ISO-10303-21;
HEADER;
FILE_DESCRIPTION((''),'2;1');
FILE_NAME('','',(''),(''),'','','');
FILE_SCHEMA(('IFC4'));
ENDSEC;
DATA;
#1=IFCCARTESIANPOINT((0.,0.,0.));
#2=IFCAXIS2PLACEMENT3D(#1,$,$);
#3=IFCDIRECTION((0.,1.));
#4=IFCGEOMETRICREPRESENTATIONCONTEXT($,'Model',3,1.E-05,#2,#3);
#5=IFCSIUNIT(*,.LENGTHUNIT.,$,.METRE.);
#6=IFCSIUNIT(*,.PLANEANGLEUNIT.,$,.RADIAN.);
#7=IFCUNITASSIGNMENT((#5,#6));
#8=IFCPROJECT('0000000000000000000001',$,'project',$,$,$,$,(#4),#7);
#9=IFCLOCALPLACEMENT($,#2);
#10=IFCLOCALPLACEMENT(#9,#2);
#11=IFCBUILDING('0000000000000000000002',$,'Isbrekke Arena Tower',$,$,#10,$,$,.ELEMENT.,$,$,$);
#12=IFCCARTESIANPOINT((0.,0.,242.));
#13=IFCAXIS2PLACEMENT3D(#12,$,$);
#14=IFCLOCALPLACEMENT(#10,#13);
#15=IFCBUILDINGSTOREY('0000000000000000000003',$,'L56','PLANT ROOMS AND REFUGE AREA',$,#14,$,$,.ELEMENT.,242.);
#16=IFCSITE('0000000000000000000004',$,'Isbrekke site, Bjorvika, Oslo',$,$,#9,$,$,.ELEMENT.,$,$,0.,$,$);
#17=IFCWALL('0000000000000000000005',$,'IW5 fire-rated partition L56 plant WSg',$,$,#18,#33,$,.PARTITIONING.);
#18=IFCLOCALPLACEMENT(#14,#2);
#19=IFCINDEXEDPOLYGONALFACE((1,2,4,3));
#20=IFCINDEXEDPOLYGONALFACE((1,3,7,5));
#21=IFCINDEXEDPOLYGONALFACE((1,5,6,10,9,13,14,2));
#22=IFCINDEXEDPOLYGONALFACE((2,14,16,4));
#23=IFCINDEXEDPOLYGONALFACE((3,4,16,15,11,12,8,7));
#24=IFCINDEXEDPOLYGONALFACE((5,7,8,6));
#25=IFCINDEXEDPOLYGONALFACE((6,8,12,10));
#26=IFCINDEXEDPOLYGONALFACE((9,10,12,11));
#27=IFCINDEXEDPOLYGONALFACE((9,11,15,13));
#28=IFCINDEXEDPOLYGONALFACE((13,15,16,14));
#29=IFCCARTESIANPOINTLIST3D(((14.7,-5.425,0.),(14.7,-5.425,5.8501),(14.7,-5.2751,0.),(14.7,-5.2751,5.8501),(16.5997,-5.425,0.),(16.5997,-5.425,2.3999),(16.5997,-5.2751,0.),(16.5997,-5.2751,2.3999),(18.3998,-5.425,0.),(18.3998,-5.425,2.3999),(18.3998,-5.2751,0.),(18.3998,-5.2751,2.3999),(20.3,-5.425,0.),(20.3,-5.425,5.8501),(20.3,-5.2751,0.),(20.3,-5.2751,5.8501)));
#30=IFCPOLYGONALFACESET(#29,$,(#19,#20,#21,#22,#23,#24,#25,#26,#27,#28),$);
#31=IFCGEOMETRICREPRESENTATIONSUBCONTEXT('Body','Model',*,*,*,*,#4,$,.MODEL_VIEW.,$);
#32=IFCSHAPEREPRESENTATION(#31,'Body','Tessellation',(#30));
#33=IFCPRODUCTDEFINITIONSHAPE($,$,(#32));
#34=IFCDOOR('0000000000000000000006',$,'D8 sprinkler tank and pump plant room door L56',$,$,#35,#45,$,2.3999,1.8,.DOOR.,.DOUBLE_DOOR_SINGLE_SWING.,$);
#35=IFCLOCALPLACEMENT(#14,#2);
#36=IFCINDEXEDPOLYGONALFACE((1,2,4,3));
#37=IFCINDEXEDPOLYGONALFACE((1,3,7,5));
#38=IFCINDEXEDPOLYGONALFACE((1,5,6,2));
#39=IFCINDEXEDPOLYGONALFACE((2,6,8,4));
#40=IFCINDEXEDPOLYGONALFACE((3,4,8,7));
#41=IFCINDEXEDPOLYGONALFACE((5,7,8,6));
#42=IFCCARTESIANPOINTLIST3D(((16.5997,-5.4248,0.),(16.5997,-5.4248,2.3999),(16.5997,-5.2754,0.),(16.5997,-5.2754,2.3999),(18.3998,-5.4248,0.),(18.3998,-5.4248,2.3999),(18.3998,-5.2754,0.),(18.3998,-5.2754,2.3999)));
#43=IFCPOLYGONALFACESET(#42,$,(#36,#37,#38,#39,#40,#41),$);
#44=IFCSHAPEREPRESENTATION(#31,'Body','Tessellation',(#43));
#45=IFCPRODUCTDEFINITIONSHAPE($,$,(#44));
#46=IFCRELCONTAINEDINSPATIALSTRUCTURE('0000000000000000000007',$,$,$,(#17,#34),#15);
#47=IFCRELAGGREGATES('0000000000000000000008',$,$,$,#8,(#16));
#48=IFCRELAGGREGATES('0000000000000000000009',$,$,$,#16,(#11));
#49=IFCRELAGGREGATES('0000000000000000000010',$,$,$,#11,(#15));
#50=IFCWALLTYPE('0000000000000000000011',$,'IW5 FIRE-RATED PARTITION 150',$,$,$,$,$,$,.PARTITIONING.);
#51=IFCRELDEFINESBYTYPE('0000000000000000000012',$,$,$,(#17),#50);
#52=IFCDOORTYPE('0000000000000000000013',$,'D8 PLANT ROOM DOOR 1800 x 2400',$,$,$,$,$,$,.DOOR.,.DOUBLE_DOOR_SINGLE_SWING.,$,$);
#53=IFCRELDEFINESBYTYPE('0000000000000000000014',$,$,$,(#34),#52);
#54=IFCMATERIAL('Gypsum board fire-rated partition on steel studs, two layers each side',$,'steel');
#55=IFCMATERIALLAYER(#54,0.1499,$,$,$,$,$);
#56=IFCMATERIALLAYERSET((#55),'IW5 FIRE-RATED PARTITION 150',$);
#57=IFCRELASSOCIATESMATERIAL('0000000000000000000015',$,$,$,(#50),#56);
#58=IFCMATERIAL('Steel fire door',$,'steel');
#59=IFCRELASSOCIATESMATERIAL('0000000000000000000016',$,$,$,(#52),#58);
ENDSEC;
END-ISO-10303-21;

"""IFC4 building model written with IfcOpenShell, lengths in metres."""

from ifc_helpers import new_model, si_unit, direction, frame, frame_2d, origin, place, context, subcontext, project, spatial, rectangle, extrude, material, layer, layer_set, type_object, element, fill, save


model = new_model("IFC4")

# Units and contexts
model_context = context("Model", 3, precision=1e-05, world=origin(), true_north=direction((0.0, 1.0)))
body_context = subcontext(model_context, "Body", "Model", "MODEL_VIEW")
ifc_project = project(units=[si_unit("LENGTHUNIT", "METRE"), si_unit("PLANEANGLEUNIT", "RADIAN")], contexts=[model_context])

# Site, building, storey
site_placement = place(None, origin())
site = spatial("IfcSite", under=ifc_project, at=site_placement, Name="Isbrekke site, Bjorvika, Oslo", CompositionType="ELEMENT", RefElevation=0.0)
building_placement = place(site_placement, origin())
building = spatial("IfcBuilding", under=site, at=building_placement, Name="Isbrekke Arena Tower", CompositionType="ELEMENT")
storey_placement = place(building_placement, frame((0.0, 0.0, 242.0)))
storey = spatial("IfcBuildingStorey", under=building, at=storey_placement, Name="L56", Description="PLANT ROOMS AND REFUGE AREA", CompositionType="ELEMENT", Elevation=242.0)

# Shared definitions
ifc_material_1 = material(Name="Gypsum board fire-rated partition on steel studs, two layers each side", Category="steel")
ifc_layer_1 = layer(ifc_material_1, 0.1499)
ifc_layer_set_1 = layer_set([ifc_layer_1], Name="IW5 FIRE-RATED PARTITION 150")
wall_type = type_object("IfcWallType", Name="IW5 FIRE-RATED PARTITION 150", PredefinedType="PARTITIONING", material=ifc_layer_set_1)
ifc_material_2 = material(Name="Steel fire door", Category="steel")
door_type = type_object("IfcDoorType", Name="D8 PLANT ROOM DOOR 1800 x 2400", OperationType="DOUBLE_DOOR_SINGLE_SWING", PredefinedType="DOOR", material=ifc_material_2)

# Wall, opening, door
wall_1_placement = place(storey_placement, frame((14.7, -5.3501, 0.0), z_axis=(0.0, 0.0, 1.0), x_axis=(1.0, 0.0, 0.0)))
wall_1 = element("IfcWall", 1, at=wall_1_placement, inside=storey, type_object=wall_type, Name="IW5 fire-rated partition L56 plant WSg", PredefinedType="PARTITIONING", context=body_context, shape_type="SweptSolid", body=[
    extrude(rectangle(XDim=5.6001, YDim=0.1499, at=frame_2d((2.8, 0.0))), origin(), (0.0, 0.0, 1.0), 5.8501),
])
opening_1_placement = place(wall_1_placement, frame((1.8999, 0.0, 0.0)))
opening_1 = element("IfcOpeningElement", 2, at=opening_1_placement, cuts=wall_1, PredefinedType="OPENING", context=body_context, shape_type="SweptSolid", body=[
    extrude(rectangle(XDim=1.8, YDim=2.3999, at=frame_2d((0.8999, 1.2))), frame((0.0, 0.0898, 0.0), z_axis=(0.0, -1.0, 0.0), x_axis=(1.0, 0.0, 0.0)), (0.0, 0.0, 1.0), 0.1797),
])
door_1_placement = place(opening_1_placement, origin())
door_1 = element("IfcDoor", 3, at=door_1_placement, inside=storey, type_object=door_type, Name="D8 sprinkler tank and pump plant room door L56", OperationType="DOUBLE_DOOR_SINGLE_SWING", OverallHeight=2.3999, OverallWidth=1.8, PredefinedType="DOOR", context=body_context, shape_type="SweptSolid", body=[
    extrude(rectangle(XDim=1.8, YDim=2.3999, at=frame_2d((0.8999, 1.2))), frame((0.0, 0.0747, 0.0), z_axis=(0.0, -1.0, 0.0), x_axis=(1.0, 0.0, 0.0)), (0.0, 0.0, 1.0), 0.1494),
])
fill(opening_1, door_1)

save(model, "model.ifc")
